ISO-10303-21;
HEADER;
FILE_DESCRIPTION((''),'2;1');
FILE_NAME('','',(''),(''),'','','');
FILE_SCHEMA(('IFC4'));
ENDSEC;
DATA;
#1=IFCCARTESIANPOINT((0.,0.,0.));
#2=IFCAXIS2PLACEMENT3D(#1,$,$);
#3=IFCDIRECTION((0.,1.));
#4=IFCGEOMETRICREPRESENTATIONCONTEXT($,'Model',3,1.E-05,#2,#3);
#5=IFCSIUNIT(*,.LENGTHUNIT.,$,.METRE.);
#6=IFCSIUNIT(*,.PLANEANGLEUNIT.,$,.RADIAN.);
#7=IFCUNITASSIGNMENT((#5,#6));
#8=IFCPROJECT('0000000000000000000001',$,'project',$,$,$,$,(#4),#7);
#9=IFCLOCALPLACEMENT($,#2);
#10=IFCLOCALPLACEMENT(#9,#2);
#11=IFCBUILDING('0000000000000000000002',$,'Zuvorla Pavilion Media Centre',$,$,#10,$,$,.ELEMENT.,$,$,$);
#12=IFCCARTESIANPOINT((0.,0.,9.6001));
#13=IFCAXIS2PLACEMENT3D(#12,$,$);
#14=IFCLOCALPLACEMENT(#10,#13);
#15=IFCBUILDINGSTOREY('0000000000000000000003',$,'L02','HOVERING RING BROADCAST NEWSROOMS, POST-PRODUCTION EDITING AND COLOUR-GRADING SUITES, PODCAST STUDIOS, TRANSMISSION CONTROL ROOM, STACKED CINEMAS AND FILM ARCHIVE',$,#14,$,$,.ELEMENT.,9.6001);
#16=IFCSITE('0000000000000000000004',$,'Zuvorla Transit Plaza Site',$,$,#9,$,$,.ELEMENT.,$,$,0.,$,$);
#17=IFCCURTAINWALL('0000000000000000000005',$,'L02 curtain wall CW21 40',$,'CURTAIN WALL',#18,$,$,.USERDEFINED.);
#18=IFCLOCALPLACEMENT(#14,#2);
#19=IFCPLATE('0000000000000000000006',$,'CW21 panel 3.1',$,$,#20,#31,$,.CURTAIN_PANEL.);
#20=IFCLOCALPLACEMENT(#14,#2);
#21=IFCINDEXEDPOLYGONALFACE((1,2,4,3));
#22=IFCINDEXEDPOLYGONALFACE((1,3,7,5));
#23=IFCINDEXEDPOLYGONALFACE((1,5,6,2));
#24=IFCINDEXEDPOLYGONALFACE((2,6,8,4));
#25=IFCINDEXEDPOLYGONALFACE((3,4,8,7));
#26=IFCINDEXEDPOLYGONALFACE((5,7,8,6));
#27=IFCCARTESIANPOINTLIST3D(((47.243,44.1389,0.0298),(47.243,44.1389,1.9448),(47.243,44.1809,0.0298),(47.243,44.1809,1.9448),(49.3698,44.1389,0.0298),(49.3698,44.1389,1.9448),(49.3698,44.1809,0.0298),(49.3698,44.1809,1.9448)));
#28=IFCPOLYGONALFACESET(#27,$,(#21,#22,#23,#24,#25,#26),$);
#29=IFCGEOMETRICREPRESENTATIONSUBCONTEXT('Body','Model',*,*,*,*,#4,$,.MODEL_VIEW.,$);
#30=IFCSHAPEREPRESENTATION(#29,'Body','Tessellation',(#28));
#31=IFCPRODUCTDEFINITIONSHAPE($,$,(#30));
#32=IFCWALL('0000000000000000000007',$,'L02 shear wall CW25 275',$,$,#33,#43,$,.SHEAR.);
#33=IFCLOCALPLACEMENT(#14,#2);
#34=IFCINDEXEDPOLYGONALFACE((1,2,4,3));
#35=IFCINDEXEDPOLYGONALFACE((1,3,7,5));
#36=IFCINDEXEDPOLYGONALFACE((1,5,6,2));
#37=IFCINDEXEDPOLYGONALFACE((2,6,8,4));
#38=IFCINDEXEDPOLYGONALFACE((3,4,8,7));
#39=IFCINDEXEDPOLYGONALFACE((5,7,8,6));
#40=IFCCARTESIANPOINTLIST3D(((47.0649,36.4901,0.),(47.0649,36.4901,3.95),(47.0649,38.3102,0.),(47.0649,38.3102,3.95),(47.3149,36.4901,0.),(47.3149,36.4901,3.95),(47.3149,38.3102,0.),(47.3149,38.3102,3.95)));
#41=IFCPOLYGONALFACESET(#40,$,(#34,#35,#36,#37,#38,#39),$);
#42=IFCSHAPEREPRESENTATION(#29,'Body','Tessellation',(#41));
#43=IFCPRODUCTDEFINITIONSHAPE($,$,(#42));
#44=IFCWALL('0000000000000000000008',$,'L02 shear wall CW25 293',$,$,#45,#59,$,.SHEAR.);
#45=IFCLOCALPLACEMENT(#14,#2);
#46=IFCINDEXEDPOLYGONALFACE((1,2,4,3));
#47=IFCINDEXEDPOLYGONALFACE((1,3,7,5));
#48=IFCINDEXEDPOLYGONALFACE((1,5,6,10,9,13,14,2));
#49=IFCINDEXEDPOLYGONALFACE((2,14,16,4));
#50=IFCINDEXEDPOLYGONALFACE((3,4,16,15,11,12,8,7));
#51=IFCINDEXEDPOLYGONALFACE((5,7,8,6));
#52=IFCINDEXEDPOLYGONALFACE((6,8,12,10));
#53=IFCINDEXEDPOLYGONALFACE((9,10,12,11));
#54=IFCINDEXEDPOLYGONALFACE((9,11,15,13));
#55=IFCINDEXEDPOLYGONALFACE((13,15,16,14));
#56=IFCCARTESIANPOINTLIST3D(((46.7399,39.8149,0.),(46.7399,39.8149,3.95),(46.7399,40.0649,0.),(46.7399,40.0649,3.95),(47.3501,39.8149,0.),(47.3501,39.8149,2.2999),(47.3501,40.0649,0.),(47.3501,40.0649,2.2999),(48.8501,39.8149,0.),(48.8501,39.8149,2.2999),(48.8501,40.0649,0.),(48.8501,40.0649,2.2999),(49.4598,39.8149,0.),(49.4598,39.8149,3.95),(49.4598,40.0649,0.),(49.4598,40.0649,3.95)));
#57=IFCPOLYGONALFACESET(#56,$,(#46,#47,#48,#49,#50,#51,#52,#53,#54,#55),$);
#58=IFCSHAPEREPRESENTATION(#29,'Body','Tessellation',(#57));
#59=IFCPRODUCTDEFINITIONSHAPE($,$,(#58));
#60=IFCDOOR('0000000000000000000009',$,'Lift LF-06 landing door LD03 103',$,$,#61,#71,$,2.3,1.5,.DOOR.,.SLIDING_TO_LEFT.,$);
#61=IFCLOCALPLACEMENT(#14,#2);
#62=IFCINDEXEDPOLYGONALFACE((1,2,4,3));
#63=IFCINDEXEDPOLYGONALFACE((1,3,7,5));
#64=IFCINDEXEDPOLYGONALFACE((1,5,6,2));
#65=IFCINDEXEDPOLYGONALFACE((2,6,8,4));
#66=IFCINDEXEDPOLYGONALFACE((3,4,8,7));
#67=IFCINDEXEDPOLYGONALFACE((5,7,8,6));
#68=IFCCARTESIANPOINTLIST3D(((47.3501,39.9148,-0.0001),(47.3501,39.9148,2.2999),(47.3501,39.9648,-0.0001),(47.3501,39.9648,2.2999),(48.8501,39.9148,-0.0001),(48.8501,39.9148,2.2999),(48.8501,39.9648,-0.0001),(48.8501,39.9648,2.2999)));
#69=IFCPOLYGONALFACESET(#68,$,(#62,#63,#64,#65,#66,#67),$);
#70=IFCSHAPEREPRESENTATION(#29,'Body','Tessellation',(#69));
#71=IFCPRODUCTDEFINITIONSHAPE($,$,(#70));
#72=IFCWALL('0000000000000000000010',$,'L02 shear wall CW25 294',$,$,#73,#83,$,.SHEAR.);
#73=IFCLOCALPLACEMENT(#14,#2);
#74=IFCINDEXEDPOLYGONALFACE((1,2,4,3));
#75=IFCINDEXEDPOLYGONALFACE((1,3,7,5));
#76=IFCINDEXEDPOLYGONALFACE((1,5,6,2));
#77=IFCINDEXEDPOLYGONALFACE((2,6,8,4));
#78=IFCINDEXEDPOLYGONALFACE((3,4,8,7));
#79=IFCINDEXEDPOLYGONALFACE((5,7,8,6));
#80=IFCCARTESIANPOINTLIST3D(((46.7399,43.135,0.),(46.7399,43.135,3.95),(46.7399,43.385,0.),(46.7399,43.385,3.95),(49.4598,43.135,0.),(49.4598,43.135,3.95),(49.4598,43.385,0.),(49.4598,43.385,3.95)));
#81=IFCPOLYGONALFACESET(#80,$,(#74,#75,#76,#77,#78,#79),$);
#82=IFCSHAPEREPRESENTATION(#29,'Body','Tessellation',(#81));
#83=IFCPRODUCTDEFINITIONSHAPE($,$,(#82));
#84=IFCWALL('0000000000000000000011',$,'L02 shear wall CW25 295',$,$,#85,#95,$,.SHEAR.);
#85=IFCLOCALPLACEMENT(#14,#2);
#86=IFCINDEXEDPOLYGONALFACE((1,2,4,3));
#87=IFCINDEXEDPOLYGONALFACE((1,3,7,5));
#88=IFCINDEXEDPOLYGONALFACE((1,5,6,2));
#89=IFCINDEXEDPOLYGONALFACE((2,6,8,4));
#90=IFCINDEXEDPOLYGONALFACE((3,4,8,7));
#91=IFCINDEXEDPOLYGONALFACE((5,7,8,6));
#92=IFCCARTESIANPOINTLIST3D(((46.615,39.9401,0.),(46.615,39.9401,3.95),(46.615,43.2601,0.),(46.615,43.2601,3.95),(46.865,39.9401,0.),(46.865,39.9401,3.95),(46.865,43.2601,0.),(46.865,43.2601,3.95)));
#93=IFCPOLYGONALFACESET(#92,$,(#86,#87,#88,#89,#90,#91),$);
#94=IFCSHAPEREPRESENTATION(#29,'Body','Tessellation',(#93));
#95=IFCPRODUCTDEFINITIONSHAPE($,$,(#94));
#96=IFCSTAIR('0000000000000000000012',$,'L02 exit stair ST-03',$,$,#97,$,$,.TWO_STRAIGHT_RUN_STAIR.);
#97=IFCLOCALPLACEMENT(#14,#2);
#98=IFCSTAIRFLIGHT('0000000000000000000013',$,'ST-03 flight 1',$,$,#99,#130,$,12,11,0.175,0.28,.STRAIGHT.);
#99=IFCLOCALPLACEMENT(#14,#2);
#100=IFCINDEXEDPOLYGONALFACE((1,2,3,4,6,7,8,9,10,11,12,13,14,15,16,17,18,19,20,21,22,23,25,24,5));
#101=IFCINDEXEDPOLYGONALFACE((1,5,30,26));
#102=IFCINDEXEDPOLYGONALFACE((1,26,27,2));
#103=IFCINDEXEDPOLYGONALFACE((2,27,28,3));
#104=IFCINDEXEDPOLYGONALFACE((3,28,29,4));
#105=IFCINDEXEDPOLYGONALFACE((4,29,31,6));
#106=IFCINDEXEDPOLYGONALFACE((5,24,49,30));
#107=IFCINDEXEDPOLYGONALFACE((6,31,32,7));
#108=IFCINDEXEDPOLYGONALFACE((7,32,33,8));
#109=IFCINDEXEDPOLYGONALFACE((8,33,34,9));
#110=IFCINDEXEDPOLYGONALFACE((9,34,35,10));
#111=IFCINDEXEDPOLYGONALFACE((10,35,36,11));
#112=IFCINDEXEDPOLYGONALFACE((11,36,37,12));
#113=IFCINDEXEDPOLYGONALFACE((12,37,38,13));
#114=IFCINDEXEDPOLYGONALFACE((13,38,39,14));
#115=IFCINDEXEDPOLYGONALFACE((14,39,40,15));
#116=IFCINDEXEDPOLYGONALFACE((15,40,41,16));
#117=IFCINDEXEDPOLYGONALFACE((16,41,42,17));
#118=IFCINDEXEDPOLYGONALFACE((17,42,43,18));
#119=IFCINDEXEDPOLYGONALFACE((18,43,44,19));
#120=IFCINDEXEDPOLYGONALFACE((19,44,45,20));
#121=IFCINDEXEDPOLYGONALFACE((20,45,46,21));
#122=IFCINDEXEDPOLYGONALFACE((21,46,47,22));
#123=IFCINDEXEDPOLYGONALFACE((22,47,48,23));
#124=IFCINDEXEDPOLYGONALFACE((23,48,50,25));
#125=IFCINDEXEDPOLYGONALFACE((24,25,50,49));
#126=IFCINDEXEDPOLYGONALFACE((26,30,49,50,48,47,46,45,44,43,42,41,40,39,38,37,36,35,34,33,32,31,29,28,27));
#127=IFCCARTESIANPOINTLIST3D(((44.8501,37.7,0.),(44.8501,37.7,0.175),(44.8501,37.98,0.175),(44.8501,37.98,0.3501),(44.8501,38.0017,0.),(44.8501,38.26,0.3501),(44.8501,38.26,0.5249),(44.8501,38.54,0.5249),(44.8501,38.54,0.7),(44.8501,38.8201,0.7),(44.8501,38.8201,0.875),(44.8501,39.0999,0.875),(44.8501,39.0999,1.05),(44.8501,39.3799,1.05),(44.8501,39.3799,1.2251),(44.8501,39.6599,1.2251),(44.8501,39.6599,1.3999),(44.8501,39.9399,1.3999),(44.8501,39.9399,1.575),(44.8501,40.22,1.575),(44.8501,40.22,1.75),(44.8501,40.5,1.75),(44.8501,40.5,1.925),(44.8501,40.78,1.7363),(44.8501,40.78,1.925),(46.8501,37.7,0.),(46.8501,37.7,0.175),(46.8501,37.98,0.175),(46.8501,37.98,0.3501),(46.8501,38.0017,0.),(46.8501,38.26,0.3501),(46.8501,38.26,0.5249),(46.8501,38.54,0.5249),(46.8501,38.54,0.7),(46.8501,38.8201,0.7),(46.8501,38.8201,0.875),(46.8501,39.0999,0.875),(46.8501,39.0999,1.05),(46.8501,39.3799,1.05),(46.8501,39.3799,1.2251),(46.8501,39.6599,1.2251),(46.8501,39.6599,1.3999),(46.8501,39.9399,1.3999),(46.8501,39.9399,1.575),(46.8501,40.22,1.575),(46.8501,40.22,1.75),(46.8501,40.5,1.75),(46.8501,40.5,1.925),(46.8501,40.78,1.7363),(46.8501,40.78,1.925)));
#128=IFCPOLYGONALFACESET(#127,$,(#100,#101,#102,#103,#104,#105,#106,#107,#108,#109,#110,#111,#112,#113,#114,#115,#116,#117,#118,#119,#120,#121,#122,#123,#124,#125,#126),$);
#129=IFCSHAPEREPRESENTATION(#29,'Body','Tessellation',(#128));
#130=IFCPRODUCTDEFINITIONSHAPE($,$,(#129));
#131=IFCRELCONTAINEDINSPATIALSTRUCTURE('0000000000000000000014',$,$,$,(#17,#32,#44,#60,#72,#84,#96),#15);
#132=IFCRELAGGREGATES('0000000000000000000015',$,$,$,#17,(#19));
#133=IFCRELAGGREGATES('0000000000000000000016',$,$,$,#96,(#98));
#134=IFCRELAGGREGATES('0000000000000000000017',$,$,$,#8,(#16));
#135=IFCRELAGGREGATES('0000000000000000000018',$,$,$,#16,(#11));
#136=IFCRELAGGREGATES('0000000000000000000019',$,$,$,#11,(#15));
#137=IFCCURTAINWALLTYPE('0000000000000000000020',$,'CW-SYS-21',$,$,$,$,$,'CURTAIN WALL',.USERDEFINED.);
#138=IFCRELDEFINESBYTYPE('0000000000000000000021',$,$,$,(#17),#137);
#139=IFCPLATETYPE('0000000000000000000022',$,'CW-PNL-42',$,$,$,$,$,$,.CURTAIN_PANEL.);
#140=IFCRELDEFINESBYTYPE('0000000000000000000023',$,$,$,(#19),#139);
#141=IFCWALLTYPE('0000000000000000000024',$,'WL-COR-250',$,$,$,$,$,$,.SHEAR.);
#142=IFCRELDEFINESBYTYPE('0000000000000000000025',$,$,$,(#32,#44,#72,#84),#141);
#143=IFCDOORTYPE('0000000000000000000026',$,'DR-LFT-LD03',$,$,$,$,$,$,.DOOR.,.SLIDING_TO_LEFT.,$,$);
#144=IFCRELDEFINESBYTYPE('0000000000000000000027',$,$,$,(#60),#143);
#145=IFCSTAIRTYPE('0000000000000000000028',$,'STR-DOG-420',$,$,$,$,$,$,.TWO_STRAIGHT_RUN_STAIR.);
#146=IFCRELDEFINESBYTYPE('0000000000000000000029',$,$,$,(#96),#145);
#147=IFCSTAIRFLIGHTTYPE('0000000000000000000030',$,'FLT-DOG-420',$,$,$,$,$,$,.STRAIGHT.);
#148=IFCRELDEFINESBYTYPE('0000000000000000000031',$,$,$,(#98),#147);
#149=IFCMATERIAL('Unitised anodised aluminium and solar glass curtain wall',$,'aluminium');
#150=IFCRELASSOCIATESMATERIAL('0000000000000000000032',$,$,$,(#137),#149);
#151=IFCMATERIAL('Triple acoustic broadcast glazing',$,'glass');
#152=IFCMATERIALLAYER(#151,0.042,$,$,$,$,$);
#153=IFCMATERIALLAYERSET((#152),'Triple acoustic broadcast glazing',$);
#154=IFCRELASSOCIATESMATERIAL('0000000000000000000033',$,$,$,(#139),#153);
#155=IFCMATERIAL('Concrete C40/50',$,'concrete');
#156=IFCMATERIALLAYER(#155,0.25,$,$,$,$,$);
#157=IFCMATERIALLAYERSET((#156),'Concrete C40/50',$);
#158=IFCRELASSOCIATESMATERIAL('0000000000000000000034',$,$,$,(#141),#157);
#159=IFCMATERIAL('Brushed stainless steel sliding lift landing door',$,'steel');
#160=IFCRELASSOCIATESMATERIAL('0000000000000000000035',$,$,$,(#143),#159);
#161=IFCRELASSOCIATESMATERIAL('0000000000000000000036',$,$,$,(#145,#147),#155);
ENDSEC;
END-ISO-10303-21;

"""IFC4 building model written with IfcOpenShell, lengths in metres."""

from ifc_helpers import new_model, si_unit, direction, frame, frame_2d, origin, origin_2d, place, context, subcontext, project, spatial, polyline, rectangle, outline, extrude, material, layer, layer_set, type_object, element, fill, aggregate, save


model = new_model("IFC4")

# Units and contexts
model_context = context("Model", 3, precision=1e-05, world=origin(), true_north=direction((0.0, 1.0)))
body_context = subcontext(model_context, "Body", "Model", "MODEL_VIEW")
ifc_project = project(units=[si_unit("LENGTHUNIT", "METRE"), si_unit("PLANEANGLEUNIT", "RADIAN")], contexts=[model_context])

# Site, building, storey
site_placement = place(None, origin())
site = spatial("IfcSite", under=ifc_project, at=site_placement, Name="Zuvorla Transit Plaza Site", CompositionType="ELEMENT", RefElevation=0.0)
building_placement = place(site_placement, origin())
building = spatial("IfcBuilding", under=site, at=building_placement, Name="Zuvorla Pavilion Media Centre", CompositionType="ELEMENT")
storey_placement = place(building_placement, frame((0.0, 0.0, 9.6001)))
storey = spatial("IfcBuildingStorey", under=building, at=storey_placement, Name="L02", Description="HOVERING RING BROADCAST NEWSROOMS, POST-PRODUCTION EDITING AND COLOUR-GRADING SUITES, PODCAST STUDIOS, TRANSMISSION CONTROL ROOM, STACKED CINEMAS AND FILM ARCHIVE", CompositionType="ELEMENT", Elevation=9.6001)

# Curtain wall, plate
ifc_material_1 = material(Name="Unitised anodised aluminium and solar glass curtain wall", Category="aluminium")
curtain_wall_type = type_object("IfcCurtainWallType", Name="CW-SYS-21", ElementType="CURTAIN WALL", PredefinedType="USERDEFINED", material=ifc_material_1)
curtain_wall_placement = place(storey_placement, origin())
curtain_wall = element("IfcCurtainWall", 1, at=curtain_wall_placement, inside=storey, type_object=curtain_wall_type, Name="L02 curtain wall CW21 40", ObjectType="CURTAIN WALL", PredefinedType="USERDEFINED")
ifc_material_2 = material(Name="Triple acoustic broadcast glazing", Category="glass")
ifc_layer_1 = layer(ifc_material_2, 0.042)
ifc_layer_set_1 = layer_set([ifc_layer_1], Name="Triple acoustic broadcast glazing")
plate_type = type_object("IfcPlateType", Name="CW-PNL-42", PredefinedType="CURTAIN_PANEL", material=ifc_layer_set_1)
plate_1_placement = place(storey_placement, frame((48.3064, 44.1599, 0.0298), z_axis=(0.0, 0.0, 1.0), x_axis=(1.0, 0.0, 0.0)))
plate_1 = element("IfcPlate", 2, at=plate_1_placement, type_object=plate_type, Name="CW21 panel 3.1", PredefinedType="CURTAIN_PANEL", context=body_context, shape_type="SweptSolid", body=[
    extrude(rectangle(XDim=2.1267, YDim=0.042, at=origin_2d()), origin(), (0.0, 0.0, 1.0), 1.915),
])
aggregate(curtain_wall, [plate_1])

# Shared definitions
ifc_material_3 = material(Name="Concrete C40/50", Category="concrete")
ifc_layer_2 = layer(ifc_material_3, 0.25)
ifc_layer_set_2 = layer_set([ifc_layer_2], Name="Concrete C40/50")
wall_type = type_object("IfcWallType", Name="WL-COR-250", PredefinedType="SHEAR", material=ifc_layer_set_2)
ifc_material_4 = material(Name="Brushed stainless steel sliding lift landing door", Category="steel")

# Wall
wall_1_placement = place(storey_placement, frame((47.1899, 36.49, 0.0), z_axis=(0.0, 0.0, 1.0), x_axis=(0.0, 1.0, 0.0)))
element("IfcWall", 3, at=wall_1_placement, inside=storey, type_object=wall_type, Name="L02 shear wall CW25 275", PredefinedType="SHEAR", context=body_context, shape_type="SweptSolid", body=[
    extrude(rectangle(XDim=1.8201, YDim=0.25, at=frame_2d((0.9102, 0.0))), origin(), (0.0, 0.0, 1.0), 3.95),
])

# Wall, opening, door
wall_2_placement = place(storey_placement, frame((46.74, 39.9399, 0.0), z_axis=(0.0, 0.0, 1.0), x_axis=(1.0, 0.0, 0.0)))
wall_2 = element("IfcWall", 4, at=wall_2_placement, inside=storey, type_object=wall_type, Name="L02 shear wall CW25 293", PredefinedType="SHEAR", context=body_context, shape_type="SweptSolid", body=[
    extrude(rectangle(XDim=2.72, YDim=0.25, at=frame_2d((1.3599, 0.0))), origin(), (0.0, 0.0, 1.0), 3.95),
])
opening_1_placement = place(wall_2_placement, frame((0.6101, 0.0, 0.0)))
opening_1 = element("IfcOpeningElement", 5, at=opening_1_placement, cuts=wall_2, PredefinedType="OPENING", context=body_context, shape_type="SweptSolid", body=[
    extrude(rectangle(XDim=1.5, YDim=2.3, at=frame_2d((0.75, 1.1499))), frame((0.0, 0.135, 0.0), z_axis=(0.0, -1.0, 0.0), x_axis=(1.0, 0.0, 0.0)), (0.0, 0.0, 1.0), 0.27),
])
door_type_1 = type_object("IfcDoorType", Name="DR-LFT-LD03", OperationType="SLIDING_TO_LEFT", PredefinedType="DOOR", material=ifc_material_4)
door_1_placement = place(opening_1_placement, origin())
door_1 = element("IfcDoor", 6, at=door_1_placement, inside=storey, type_object=door_type_1, Name="Lift LF-06 landing door LD03 103", OperationType="SLIDING_TO_LEFT", OverallHeight=2.3, OverallWidth=1.5, PredefinedType="DOOR", context=body_context, shape_type="SweptSolid", body=[
    extrude(rectangle(XDim=1.5, YDim=2.3, at=frame_2d((0.75, 1.1499))), frame((0.0, 0.0249, 0.0), z_axis=(0.0, -1.0, 0.0), x_axis=(1.0, 0.0, 0.0)), (0.0, 0.0, 1.0), 0.05),
])
fill(opening_1, door_1)

# Walls
wall_3_placement = place(storey_placement, frame((46.74, 43.26, 0.0), z_axis=(0.0, 0.0, 1.0), x_axis=(1.0, 0.0, 0.0)))
element("IfcWall", 7, at=wall_3_placement, inside=storey, type_object=wall_type, Name="L02 shear wall CW25 294", PredefinedType="SHEAR", context=body_context, shape_type="SweptSolid", body=[
    extrude(rectangle(XDim=2.72, YDim=0.25, at=frame_2d((1.3599, 0.0))), origin(), (0.0, 0.0, 1.0), 3.95),
])
wall_4_placement = place(storey_placement, frame((46.74, 39.9399, 0.0), z_axis=(0.0, 0.0, 1.0), x_axis=(0.0, 1.0, 0.0)))
element("IfcWall", 8, at=wall_4_placement, inside=storey, type_object=wall_type, Name="L02 shear wall CW25 295", PredefinedType="SHEAR", context=body_context, shape_type="SweptSolid", body=[
    extrude(rectangle(XDim=3.3201, YDim=0.25, at=frame_2d((1.6602, 0.0))), origin(), (0.0, 0.0, 1.0), 3.95),
])

# Stair, stair flight
stair_type = type_object("IfcStairType", Name="STR-DOG-420", PredefinedType="TWO_STRAIGHT_RUN_STAIR", material=ifc_material_3)
stair_placement = place(storey_placement, origin())
stair = element("IfcStair", 9, at=stair_placement, inside=storey, type_object=stair_type, Name="L02 exit stair ST-03", PredefinedType="TWO_STRAIGHT_RUN_STAIR")
stair_flight_type = type_object("IfcStairFlightType", Name="FLT-DOG-420", PredefinedType="STRAIGHT", material=ifc_material_3)
stair_flight_placement = place(storey_placement, frame((45.8501, 37.7, 0.0), z_axis=(0.0, 0.0, 1.0), x_axis=(0.0, 1.0, 0.0)))
stair_flight = element("IfcStairFlight", 10, at=stair_flight_placement, type_object=stair_flight_type, Name="ST-03 flight 1", NumberOfRisers=12, NumberOfTreads=11, PredefinedType="STRAIGHT", RiserHeight=0.175, TreadLength=0.28, context=body_context, shape_type="SweptSolid", body=[
    extrude(outline(polyline([(0.0, 0.0), (0.0, 0.175), (0.28, 0.175), (0.28, 0.3501), (0.5601, 0.3501), (0.5601, 0.5249), (0.8401, 0.5249), (0.8401, 0.7), (1.1201, 0.7), (1.1201, 0.875), (1.3999, 0.875), (1.3999, 1.05), (1.6799, 1.05), (1.6799, 1.2251), (1.96, 1.2251), (1.96, 1.3999), (2.24, 1.3999), (2.24, 1.575), (2.52, 1.575), (2.52, 1.75), (2.8, 1.75), (2.8, 1.925), (3.0801, 1.925), (3.0801, 2.1001), (3.0801, 1.7363), (0.3018, 0.0), (0.0, 0.0)])), frame((0.0, 1.0, 0.0), z_axis=(0.0, -1.0, 0.0), x_axis=(1.0, 0.0, 0.0)), (0.0, 0.0, 1.0), 2.0),
])
aggregate(stair, [stair_flight])

save(model, "model.ifc")
